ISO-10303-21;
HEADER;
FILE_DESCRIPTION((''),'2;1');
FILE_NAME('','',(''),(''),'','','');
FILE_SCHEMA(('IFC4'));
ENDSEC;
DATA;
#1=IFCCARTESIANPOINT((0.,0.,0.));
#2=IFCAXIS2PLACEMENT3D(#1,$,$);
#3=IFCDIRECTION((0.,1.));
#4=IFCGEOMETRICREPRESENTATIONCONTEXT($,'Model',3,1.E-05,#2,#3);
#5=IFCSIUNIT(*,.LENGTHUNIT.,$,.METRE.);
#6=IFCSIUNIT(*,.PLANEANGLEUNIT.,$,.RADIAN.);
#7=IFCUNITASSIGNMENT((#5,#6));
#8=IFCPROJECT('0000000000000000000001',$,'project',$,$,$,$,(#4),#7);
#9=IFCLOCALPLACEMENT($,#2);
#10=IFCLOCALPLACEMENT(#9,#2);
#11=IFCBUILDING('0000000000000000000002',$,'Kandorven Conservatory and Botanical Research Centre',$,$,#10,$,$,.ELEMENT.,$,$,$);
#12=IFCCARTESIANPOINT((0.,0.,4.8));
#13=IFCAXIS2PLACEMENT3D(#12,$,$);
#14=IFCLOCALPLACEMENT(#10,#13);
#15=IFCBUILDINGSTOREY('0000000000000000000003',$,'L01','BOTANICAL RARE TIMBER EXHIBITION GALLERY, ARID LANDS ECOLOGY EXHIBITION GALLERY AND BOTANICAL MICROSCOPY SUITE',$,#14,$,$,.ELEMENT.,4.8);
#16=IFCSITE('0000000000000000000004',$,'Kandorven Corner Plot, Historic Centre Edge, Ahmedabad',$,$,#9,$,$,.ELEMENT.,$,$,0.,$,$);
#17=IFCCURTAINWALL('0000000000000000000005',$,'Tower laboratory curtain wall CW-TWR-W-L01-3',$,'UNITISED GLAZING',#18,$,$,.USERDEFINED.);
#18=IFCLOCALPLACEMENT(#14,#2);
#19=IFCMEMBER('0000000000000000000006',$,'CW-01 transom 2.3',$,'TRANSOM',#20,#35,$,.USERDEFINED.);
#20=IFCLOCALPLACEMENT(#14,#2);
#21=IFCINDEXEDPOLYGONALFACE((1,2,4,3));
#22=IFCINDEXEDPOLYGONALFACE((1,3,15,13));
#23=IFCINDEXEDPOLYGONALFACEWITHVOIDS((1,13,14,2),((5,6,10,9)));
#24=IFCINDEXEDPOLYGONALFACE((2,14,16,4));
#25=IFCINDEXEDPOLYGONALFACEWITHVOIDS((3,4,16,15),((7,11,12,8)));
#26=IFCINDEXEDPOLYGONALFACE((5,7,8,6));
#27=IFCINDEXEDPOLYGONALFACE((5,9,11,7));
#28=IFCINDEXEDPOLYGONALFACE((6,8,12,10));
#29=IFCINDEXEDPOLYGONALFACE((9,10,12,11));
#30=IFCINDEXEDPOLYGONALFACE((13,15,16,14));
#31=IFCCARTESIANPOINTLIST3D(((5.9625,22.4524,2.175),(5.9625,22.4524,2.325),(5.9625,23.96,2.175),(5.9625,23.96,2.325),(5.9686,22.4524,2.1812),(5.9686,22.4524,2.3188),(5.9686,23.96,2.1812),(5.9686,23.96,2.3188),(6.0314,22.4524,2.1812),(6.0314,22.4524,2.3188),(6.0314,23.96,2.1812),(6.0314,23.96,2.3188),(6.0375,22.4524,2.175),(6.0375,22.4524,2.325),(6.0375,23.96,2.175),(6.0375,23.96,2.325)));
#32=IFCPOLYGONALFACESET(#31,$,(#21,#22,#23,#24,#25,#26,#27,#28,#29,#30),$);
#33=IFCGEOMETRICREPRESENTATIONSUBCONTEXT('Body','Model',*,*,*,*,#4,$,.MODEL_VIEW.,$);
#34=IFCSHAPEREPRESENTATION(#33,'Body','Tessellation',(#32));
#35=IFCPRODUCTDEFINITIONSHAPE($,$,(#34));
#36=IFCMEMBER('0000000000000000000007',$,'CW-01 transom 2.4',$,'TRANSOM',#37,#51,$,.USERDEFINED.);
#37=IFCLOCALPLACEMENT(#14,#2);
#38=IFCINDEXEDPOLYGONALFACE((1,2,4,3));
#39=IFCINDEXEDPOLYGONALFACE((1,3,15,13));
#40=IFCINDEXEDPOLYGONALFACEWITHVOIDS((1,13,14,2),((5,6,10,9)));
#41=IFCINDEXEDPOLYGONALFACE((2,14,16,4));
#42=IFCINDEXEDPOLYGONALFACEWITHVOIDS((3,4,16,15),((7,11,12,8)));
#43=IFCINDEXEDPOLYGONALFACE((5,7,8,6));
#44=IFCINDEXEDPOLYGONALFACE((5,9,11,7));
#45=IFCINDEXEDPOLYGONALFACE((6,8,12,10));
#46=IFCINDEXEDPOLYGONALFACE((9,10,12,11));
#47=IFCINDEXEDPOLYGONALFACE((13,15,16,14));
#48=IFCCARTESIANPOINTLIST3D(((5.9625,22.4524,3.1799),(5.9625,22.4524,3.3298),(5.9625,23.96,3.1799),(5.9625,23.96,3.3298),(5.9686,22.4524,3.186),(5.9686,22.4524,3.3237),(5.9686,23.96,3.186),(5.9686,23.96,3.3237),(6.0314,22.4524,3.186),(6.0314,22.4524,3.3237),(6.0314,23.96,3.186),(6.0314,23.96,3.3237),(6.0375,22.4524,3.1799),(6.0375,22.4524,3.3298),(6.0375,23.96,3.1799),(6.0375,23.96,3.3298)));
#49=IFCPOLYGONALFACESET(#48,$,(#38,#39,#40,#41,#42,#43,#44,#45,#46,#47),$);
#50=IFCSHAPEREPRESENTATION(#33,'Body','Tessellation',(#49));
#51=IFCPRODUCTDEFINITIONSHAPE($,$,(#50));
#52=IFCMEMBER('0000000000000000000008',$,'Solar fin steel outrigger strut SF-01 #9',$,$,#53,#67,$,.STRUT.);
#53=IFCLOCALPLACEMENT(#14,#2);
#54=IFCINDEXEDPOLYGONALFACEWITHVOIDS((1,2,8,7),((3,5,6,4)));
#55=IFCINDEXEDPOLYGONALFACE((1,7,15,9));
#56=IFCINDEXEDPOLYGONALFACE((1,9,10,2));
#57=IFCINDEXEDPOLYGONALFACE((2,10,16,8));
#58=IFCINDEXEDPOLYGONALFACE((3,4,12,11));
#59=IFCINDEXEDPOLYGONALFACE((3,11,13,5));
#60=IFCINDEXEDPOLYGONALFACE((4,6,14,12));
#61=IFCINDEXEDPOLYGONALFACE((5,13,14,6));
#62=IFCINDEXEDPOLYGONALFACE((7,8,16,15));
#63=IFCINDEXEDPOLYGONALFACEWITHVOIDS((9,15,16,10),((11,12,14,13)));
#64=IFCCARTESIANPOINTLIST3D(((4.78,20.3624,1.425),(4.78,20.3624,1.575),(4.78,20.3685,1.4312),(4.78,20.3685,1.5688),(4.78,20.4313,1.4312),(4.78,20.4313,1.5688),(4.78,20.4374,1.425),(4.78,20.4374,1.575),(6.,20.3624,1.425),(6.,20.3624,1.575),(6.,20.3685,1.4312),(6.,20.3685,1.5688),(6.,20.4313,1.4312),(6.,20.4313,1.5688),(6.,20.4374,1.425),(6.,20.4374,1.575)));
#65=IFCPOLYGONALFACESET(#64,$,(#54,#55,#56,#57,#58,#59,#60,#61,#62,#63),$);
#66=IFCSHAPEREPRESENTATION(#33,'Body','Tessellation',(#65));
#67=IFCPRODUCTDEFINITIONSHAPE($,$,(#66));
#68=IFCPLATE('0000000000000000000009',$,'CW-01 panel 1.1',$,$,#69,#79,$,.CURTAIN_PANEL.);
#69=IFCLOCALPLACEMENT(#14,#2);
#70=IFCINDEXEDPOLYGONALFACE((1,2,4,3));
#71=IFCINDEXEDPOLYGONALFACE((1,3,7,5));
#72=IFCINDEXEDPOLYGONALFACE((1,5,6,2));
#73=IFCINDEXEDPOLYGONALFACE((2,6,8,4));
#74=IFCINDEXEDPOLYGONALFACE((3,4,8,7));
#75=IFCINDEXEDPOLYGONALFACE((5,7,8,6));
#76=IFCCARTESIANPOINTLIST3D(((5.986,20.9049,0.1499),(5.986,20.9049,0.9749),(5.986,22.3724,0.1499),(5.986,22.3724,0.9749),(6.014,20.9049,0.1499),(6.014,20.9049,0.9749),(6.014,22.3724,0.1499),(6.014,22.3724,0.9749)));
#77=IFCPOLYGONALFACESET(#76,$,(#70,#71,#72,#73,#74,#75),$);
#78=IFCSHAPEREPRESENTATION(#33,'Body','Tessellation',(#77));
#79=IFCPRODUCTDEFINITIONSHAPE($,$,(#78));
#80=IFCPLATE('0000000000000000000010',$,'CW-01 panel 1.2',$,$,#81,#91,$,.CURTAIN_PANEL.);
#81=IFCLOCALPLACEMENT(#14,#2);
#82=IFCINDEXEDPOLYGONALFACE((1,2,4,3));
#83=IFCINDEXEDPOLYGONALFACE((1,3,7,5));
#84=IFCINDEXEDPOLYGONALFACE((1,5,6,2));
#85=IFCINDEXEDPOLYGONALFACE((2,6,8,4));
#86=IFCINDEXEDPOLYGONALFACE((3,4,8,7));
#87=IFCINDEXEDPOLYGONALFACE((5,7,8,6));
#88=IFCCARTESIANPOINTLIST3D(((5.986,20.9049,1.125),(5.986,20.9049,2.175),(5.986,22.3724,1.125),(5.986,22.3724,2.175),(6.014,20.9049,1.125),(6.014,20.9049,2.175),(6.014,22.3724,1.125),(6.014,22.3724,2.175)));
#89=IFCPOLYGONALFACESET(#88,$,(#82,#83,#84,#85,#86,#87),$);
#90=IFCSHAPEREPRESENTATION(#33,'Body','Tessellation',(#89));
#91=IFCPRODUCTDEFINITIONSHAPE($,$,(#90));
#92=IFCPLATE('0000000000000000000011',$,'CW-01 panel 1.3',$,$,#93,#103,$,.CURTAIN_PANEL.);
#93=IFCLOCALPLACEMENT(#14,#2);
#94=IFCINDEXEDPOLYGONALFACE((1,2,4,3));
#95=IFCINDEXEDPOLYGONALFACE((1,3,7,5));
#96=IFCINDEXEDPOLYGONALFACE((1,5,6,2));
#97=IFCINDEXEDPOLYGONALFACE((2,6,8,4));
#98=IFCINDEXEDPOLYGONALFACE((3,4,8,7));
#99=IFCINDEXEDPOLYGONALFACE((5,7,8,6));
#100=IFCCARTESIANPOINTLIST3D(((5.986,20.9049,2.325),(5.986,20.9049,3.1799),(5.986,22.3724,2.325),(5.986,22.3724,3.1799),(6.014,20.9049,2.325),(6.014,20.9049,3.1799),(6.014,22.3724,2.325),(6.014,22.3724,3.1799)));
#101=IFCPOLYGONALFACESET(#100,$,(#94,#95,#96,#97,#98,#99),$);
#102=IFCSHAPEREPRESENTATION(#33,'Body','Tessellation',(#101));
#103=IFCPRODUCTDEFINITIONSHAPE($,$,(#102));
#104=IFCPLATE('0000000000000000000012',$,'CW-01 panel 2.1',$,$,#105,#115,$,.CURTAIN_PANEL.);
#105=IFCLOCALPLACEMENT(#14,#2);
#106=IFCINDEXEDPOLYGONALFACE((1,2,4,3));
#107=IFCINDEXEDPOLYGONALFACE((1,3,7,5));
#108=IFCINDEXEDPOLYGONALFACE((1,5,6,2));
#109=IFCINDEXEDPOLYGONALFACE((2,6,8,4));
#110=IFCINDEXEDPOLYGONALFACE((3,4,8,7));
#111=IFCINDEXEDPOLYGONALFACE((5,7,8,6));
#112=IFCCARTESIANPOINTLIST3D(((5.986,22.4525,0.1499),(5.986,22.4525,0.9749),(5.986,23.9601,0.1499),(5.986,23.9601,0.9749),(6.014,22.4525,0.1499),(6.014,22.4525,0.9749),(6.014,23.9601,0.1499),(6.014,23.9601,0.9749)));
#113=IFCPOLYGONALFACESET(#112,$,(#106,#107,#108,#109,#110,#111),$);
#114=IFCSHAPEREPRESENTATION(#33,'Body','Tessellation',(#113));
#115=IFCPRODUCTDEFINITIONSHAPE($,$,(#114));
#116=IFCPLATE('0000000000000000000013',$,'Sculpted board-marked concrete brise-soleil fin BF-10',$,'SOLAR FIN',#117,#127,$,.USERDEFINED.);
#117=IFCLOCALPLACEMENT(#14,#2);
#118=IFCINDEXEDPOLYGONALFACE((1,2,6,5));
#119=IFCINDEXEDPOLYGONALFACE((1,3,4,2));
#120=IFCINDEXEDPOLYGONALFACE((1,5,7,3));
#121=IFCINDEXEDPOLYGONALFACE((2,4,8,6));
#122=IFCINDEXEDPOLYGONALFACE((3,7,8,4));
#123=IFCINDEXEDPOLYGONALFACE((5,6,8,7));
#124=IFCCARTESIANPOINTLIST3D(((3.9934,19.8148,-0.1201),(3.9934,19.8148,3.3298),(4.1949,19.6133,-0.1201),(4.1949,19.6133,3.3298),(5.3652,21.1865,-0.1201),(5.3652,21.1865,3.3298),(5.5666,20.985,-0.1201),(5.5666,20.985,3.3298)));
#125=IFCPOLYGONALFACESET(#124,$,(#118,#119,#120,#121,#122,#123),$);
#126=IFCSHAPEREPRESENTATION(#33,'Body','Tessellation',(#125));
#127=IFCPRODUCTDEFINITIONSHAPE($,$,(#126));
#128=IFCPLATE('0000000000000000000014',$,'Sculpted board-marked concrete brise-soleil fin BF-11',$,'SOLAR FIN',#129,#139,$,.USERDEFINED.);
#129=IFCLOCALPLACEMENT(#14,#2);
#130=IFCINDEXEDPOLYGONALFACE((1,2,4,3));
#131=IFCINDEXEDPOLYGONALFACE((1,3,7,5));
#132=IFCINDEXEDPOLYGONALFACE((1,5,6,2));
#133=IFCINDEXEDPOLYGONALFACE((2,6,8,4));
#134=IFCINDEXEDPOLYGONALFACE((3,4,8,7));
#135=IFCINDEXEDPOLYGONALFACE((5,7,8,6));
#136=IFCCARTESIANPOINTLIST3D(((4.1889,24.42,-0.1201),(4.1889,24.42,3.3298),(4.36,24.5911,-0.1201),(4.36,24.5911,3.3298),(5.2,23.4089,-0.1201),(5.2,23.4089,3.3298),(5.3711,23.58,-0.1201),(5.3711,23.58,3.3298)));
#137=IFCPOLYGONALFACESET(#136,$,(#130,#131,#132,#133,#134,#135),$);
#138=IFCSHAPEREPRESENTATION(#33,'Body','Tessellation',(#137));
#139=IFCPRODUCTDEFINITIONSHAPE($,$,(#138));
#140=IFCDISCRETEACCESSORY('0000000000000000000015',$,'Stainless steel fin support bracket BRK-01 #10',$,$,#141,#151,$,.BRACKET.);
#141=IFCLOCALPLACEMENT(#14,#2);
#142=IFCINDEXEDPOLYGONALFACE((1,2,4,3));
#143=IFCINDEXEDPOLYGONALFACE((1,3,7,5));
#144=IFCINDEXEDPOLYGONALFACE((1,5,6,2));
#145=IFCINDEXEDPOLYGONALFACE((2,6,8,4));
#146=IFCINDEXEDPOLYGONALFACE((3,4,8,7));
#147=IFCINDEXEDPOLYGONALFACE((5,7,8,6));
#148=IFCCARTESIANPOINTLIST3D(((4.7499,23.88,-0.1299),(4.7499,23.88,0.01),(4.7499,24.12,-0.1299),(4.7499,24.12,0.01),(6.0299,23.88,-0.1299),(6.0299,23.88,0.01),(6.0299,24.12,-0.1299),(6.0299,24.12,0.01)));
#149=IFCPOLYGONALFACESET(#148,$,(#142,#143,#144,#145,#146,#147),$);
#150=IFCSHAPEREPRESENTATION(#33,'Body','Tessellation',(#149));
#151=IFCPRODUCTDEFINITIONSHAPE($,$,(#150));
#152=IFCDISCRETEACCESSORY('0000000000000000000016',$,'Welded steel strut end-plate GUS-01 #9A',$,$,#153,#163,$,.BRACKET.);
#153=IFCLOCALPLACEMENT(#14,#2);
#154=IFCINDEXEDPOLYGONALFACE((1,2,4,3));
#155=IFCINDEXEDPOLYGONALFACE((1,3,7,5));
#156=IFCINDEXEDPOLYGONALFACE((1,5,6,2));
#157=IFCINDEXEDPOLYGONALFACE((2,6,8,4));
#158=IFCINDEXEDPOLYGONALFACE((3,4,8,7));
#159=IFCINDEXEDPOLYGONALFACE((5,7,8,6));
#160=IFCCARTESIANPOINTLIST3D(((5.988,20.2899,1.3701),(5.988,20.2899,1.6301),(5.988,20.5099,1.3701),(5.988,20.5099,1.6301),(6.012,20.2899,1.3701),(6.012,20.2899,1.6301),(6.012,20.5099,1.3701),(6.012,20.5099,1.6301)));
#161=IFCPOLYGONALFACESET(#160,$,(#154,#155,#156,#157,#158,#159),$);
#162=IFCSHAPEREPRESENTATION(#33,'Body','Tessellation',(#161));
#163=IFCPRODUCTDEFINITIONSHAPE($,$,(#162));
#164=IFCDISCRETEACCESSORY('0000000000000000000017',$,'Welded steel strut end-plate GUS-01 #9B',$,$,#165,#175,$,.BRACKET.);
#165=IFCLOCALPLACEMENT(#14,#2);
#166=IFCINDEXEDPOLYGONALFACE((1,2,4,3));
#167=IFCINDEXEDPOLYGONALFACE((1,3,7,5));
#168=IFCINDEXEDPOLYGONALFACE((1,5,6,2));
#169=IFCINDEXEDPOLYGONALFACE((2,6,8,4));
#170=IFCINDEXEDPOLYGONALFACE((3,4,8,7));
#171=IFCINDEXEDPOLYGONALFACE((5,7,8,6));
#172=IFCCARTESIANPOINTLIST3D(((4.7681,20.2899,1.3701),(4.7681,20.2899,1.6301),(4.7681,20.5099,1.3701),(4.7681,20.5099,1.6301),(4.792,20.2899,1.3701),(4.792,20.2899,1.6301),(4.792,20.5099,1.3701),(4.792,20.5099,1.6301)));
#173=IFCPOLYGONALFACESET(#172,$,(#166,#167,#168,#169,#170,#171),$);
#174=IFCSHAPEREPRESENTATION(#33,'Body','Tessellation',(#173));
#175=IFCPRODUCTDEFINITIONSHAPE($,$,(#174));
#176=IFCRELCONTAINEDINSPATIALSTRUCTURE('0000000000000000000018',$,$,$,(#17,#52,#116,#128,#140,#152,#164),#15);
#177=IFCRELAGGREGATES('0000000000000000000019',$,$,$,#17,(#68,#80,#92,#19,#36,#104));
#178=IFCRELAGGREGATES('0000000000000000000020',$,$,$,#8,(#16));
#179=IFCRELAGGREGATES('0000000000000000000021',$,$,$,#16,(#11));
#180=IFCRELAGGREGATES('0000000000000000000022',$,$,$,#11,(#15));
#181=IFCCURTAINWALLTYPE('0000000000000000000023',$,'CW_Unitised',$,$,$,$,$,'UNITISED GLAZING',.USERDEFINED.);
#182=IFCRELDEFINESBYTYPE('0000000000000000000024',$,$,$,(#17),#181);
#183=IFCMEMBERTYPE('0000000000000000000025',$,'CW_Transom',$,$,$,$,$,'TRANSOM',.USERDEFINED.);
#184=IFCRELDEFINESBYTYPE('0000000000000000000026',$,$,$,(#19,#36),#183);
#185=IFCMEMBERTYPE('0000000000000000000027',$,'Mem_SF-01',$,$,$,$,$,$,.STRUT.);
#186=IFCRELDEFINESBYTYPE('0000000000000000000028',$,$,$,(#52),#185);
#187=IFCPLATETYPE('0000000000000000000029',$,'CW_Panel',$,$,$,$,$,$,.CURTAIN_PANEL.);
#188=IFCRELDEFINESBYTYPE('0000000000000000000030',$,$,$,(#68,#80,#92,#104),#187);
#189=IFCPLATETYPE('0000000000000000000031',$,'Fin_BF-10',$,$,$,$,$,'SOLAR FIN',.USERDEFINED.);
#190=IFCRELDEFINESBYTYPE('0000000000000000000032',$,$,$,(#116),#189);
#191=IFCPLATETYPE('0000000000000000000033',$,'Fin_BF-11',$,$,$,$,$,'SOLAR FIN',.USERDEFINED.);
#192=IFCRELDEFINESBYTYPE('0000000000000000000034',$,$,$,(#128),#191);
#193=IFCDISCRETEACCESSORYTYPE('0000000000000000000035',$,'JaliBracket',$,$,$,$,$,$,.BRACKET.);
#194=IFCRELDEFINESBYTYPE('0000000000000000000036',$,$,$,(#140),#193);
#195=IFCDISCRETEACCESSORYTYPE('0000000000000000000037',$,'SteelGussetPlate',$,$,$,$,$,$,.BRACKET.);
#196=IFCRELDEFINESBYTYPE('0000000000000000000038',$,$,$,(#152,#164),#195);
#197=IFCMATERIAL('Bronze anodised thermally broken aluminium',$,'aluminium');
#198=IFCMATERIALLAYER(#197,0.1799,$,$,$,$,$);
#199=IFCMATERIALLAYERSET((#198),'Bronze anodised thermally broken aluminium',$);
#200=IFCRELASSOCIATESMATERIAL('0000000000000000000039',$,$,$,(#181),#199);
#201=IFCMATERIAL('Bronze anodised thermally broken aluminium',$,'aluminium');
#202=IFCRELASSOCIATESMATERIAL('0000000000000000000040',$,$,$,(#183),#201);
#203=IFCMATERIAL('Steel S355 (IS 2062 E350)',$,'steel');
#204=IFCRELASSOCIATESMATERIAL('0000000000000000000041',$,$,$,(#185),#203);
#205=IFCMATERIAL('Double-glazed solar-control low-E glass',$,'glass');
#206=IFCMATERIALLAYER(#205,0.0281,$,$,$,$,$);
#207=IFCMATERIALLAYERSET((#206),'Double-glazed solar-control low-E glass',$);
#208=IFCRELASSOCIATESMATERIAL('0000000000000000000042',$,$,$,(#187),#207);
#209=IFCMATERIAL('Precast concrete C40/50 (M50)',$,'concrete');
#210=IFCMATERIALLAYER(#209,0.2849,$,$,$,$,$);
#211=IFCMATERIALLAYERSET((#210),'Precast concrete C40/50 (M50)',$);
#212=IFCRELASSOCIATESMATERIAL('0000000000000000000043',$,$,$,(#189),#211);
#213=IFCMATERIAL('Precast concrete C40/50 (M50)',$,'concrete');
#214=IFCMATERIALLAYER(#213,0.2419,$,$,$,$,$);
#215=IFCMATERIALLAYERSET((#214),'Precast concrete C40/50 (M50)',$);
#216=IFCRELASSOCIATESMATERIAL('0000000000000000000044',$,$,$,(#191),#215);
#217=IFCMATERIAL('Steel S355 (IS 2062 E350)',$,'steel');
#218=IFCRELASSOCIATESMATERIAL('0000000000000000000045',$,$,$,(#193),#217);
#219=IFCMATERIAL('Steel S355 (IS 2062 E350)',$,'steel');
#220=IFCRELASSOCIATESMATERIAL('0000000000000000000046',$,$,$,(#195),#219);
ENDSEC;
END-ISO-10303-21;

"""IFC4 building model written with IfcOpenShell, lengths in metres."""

from ifc_helpers import new_model, si_unit, direction, frame, origin, origin_2d, place, context, subcontext, project, spatial, rectangle, hollow_rectangle, extrude, material, layer, layer_set, material_profile, profile_set, type_object, element, aggregate, save


model = new_model("IFC4")

# Units and contexts
model_context = context("Model", 3, precision=1e-05, world=origin(), true_north=direction((0.0, 1.0)))
body_context = subcontext(model_context, "Body", "Model", "MODEL_VIEW")
ifc_project = project(units=[si_unit("LENGTHUNIT", "METRE"), si_unit("PLANEANGLEUNIT", "RADIAN")], contexts=[model_context])

# Site, building, storey
site_placement = place(None, origin())
site = spatial("IfcSite", under=ifc_project, at=site_placement, Name="Kandorven Corner Plot, Historic Centre Edge, Ahmedabad", CompositionType="ELEMENT", RefElevation=0.0)
building_placement = place(site_placement, origin())
building = spatial("IfcBuilding", under=site, at=building_placement, Name="Kandorven Conservatory and Botanical Research Centre", CompositionType="ELEMENT")
storey_placement = place(building_placement, frame((0.0, 0.0, 4.8)))
storey = spatial("IfcBuildingStorey", under=building, at=storey_placement, Name="L01", Description="BOTANICAL RARE TIMBER EXHIBITION GALLERY, ARID LANDS ECOLOGY EXHIBITION GALLERY AND BOTANICAL MICROSCOPY SUITE", CompositionType="ELEMENT", Elevation=4.8)

# Curtain wall, members
ifc_material_1 = material(Name="Bronze anodised thermally broken aluminium", Category="aluminium")
ifc_layer_1 = layer(ifc_material_1, 0.1799)
ifc_layer_set_1 = layer_set([ifc_layer_1], Name="Bronze anodised thermally broken aluminium")
curtain_wall_type = type_object("IfcCurtainWallType", Name="CW_Unitised", ElementType="UNITISED GLAZING", PredefinedType="USERDEFINED", material=ifc_layer_set_1)
curtain_wall_placement = place(storey_placement, origin())
curtain_wall = element("IfcCurtainWall", 1, at=curtain_wall_placement, inside=storey, type_object=curtain_wall_type, Name="Tower laboratory curtain wall CW-TWR-W-L01-3", ObjectType="UNITISED GLAZING", PredefinedType="USERDEFINED")
ifc_material_2 = material(Name="Bronze anodised thermally broken aluminium", Category="aluminium")
ifc_material_profile_1 = material_profile(ifc_material_2, hollow_rectangle(XDim=0.075, YDim=0.1499, WallThickness=0.0061, at=origin_2d()))
ifc_profile_set_1 = profile_set([ifc_material_profile_1], Name="Bronze anodised thermally broken aluminium")
member_type_1 = type_object("IfcMemberType", Name="CW_Transom", ElementType="TRANSOM", PredefinedType="USERDEFINED", material=ifc_profile_set_1)
member_1_placement = place(storey_placement, frame((6.0, 22.4524, 2.25), z_axis=(0.0, 1.0, 0.0), x_axis=(-1.0, 0.0, 0.0)))
member_1 = element("IfcMember", 2, at=member_1_placement, type_object=member_type_1, Name="CW-01 transom 2.3", ObjectType="TRANSOM", PredefinedType="USERDEFINED", context=body_context, shape_type="SweptSolid", body=[
    extrude(hollow_rectangle(XDim=0.075, YDim=0.1499, WallThickness=0.0061, at=origin_2d()), origin(), (0.0, 0.0, 1.0), 1.5076),
])
member_2_placement = place(storey_placement, frame((6.0, 22.4524, 3.2549), z_axis=(0.0, 1.0, 0.0), x_axis=(-1.0, 0.0, 0.0)))
member_2 = element("IfcMember", 3, at=member_2_placement, type_object=member_type_1, Name="CW-01 transom 2.4", ObjectType="TRANSOM", PredefinedType="USERDEFINED", context=body_context, shape_type="SweptSolid", body=[
    extrude(hollow_rectangle(XDim=0.075, YDim=0.1499, WallThickness=0.0061, at=origin_2d()), origin(), (0.0, 0.0, 1.0), 1.5076),
])

# Member
ifc_material_3 = material(Name="Steel S355 (IS 2062 E350)", Category="steel")
ifc_material_profile_2 = material_profile(ifc_material_3, hollow_rectangle(XDim=0.075, YDim=0.1499, WallThickness=0.0061, at=origin_2d()))
ifc_profile_set_2 = profile_set([ifc_material_profile_2], Name="Steel S355 (IS 2062 E350)")
member_type_2 = type_object("IfcMemberType", Name="Mem_SF-01", PredefinedType="STRUT", material=ifc_profile_set_2)
member_3_placement = place(storey_placement, frame((6.0, 20.3999, 1.5), z_axis=(-1.0, 0.0, 0.0), x_axis=(0.0, -1.0, 0.0)))
element("IfcMember", 4, at=member_3_placement, inside=storey, type_object=member_type_2, Name="Solar fin steel outrigger strut SF-01 #9", PredefinedType="STRUT", context=body_context, shape_type="SweptSolid", body=[
    extrude(hollow_rectangle(XDim=0.075, YDim=0.1499, WallThickness=0.0061, at=origin_2d()), origin(), (0.0, 0.0, 1.0), 1.22),
])

# Plates
ifc_material_4 = material(Name="Double-glazed solar-control low-E glass", Category="glass")
ifc_layer_2 = layer(ifc_material_4, 0.0281)
ifc_layer_set_2 = layer_set([ifc_layer_2], Name="Double-glazed solar-control low-E glass")
plate_type_1 = type_object("IfcPlateType", Name="CW_Panel", PredefinedType="CURTAIN_PANEL", material=ifc_layer_set_2)
plate_1_placement = place(storey_placement, frame((6.0, 21.6387, 0.1499), z_axis=(0.0, 0.0, 1.0), x_axis=(0.0, 1.0, 0.0)))
plate_1 = element("IfcPlate", 5, at=plate_1_placement, type_object=plate_type_1, Name="CW-01 panel 1.1", PredefinedType="CURTAIN_PANEL", context=body_context, shape_type="SweptSolid", body=[
    extrude(rectangle(XDim=1.4675, YDim=0.0281, at=origin_2d()), origin(), (0.0, 0.0, 1.0), 0.825),
])
plate_2_placement = place(storey_placement, frame((6.0, 21.6387, 1.125), z_axis=(0.0, 0.0, 1.0), x_axis=(0.0, 1.0, 0.0)))
plate_2 = element("IfcPlate", 6, at=plate_2_placement, type_object=plate_type_1, Name="CW-01 panel 1.2", PredefinedType="CURTAIN_PANEL", context=body_context, shape_type="SweptSolid", body=[
    extrude(rectangle(XDim=1.4675, YDim=0.0281, at=origin_2d()), origin(), (0.0, 0.0, 1.0), 1.05),
])
plate_3_placement = place(storey_placement, frame((6.0, 21.6387, 2.325), z_axis=(0.0, 0.0, 1.0), x_axis=(0.0, 1.0, 0.0)))
plate_3 = element("IfcPlate", 7, at=plate_3_placement, type_object=plate_type_1, Name="CW-01 panel 1.3", PredefinedType="CURTAIN_PANEL", context=body_context, shape_type="SweptSolid", body=[
    extrude(rectangle(XDim=1.4675, YDim=0.0281, at=origin_2d()), origin(), (0.0, 0.0, 1.0), 0.855),
])
plate_4_placement = place(storey_placement, frame((6.0, 23.2063, 0.1499), z_axis=(0.0, 0.0, 1.0), x_axis=(0.0, 1.0, 0.0)))
plate_4 = element("IfcPlate", 8, at=plate_4_placement, type_object=plate_type_1, Name="CW-01 panel 2.1", PredefinedType="CURTAIN_PANEL", context=body_context, shape_type="SweptSolid", body=[
    extrude(rectangle(XDim=1.5076, YDim=0.0281, at=origin_2d()), origin(), (0.0, 0.0, 1.0), 0.825),
])
aggregate(curtain_wall, [plate_1, plate_2, plate_3, member_1, member_2, plate_4])

# Plates
ifc_material_5 = material(Name="Precast concrete C40/50 (M50)", Category="concrete")
ifc_layer_3 = layer(ifc_material_5, 0.2849)
ifc_layer_set_3 = layer_set([ifc_layer_3], Name="Precast concrete C40/50 (M50)")
plate_type_2 = type_object("IfcPlateType", Name="Fin_BF-10", ElementType="SOLAR FIN", PredefinedType="USERDEFINED", material=ifc_layer_set_3)
plate_5_placement = place(storey_placement, frame((4.78, 20.3999, -0.1201), z_axis=(0.0, 0.0, 1.0), x_axis=(0.707107, 0.707107, 0.0)))
element("IfcPlate", 9, at=plate_5_placement, inside=storey, type_object=plate_type_2, Name="Sculpted board-marked concrete brise-soleil fin BF-10", ObjectType="SOLAR FIN", PredefinedType="USERDEFINED", context=body_context, shape_type="SweptSolid", body=[
    extrude(rectangle(XDim=1.9399, YDim=0.2849, at=origin_2d()), origin(), (0.0, 0.0, 1.0), 3.45),
])
ifc_material_6 = material(Name="Precast concrete C40/50 (M50)", Category="concrete")
ifc_layer_4 = layer(ifc_material_6, 0.2419)
ifc_layer_set_4 = layer_set([ifc_layer_4], Name="Precast concrete C40/50 (M50)")
plate_type_3 = type_object("IfcPlateType", Name="Fin_BF-11", ElementType="SOLAR FIN", PredefinedType="USERDEFINED", material=ifc_layer_set_4)
plate_6_placement = place(storey_placement, frame((4.78, 24.0, -0.1201), z_axis=(0.0, 0.0, 1.0), x_axis=(-0.707107, 0.707107, 0.0)))
element("IfcPlate", 10, at=plate_6_placement, inside=storey, type_object=plate_type_3, Name="Sculpted board-marked concrete brise-soleil fin BF-11", ObjectType="SOLAR FIN", PredefinedType="USERDEFINED", context=body_context, shape_type="SweptSolid", body=[
    extrude(rectangle(XDim=1.4299, YDim=0.2419, at=origin_2d()), origin(), (0.0, 0.0, 1.0), 3.45),
])

# Discrete accessories
ifc_material_7 = material(Name="Steel S355 (IS 2062 E350)", Category="steel")
discrete_accessory_type_1 = type_object("IfcDiscreteAccessoryType", Name="JaliBracket", PredefinedType="BRACKET", material=ifc_material_7)
discrete_accessory_placement = place(storey_placement, frame((5.3899, 24.0, -0.1299), z_axis=(0.0, 0.0, 1.0), x_axis=(1.0, 0.0, 0.0)))
element("IfcDiscreteAccessory", 11, at=discrete_accessory_placement, inside=storey, type_object=discrete_accessory_type_1, Name="Stainless steel fin support bracket BRK-01 #10", PredefinedType="BRACKET", context=body_context, shape_type="SweptSolid", body=[
    extrude(rectangle(XDim=1.28, YDim=0.24, at=origin_2d()), origin(), (0.0, 0.0, 1.0), 0.1399),
])
ifc_material_8 = material(Name="Steel S355 (IS 2062 E350)", Category="steel")
discrete_accessory_type_2 = type_object("IfcDiscreteAccessoryType", Name="SteelGussetPlate", PredefinedType="BRACKET", material=ifc_material_8)
for number, where, z_axis, x_axis, name in (
    (12, (6.0, 20.3999, 1.3701), (0.0, 0.0, 1.0), (1.0, 0.0, 0.0), "Welded steel strut end-plate GUS-01 #9A"),
    (13, (4.78, 20.3999, 1.3701), (0.0, 0.0, 1.0), (1.0, 0.0, 0.0), "Welded steel strut end-plate GUS-01 #9B"),
):
    element("IfcDiscreteAccessory", number, at=place(storey_placement, frame(where, z_axis=z_axis, x_axis=x_axis)), inside=storey, type_object=discrete_accessory_type_2, Name=name, PredefinedType="BRACKET", context=body_context, shape_type="SweptSolid", body=[
        extrude(rectangle(XDim=0.0239, YDim=0.22, at=origin_2d()), origin(), (0.0, 0.0, 1.0), 0.26),
    ])

save(model, "model.ifc")
